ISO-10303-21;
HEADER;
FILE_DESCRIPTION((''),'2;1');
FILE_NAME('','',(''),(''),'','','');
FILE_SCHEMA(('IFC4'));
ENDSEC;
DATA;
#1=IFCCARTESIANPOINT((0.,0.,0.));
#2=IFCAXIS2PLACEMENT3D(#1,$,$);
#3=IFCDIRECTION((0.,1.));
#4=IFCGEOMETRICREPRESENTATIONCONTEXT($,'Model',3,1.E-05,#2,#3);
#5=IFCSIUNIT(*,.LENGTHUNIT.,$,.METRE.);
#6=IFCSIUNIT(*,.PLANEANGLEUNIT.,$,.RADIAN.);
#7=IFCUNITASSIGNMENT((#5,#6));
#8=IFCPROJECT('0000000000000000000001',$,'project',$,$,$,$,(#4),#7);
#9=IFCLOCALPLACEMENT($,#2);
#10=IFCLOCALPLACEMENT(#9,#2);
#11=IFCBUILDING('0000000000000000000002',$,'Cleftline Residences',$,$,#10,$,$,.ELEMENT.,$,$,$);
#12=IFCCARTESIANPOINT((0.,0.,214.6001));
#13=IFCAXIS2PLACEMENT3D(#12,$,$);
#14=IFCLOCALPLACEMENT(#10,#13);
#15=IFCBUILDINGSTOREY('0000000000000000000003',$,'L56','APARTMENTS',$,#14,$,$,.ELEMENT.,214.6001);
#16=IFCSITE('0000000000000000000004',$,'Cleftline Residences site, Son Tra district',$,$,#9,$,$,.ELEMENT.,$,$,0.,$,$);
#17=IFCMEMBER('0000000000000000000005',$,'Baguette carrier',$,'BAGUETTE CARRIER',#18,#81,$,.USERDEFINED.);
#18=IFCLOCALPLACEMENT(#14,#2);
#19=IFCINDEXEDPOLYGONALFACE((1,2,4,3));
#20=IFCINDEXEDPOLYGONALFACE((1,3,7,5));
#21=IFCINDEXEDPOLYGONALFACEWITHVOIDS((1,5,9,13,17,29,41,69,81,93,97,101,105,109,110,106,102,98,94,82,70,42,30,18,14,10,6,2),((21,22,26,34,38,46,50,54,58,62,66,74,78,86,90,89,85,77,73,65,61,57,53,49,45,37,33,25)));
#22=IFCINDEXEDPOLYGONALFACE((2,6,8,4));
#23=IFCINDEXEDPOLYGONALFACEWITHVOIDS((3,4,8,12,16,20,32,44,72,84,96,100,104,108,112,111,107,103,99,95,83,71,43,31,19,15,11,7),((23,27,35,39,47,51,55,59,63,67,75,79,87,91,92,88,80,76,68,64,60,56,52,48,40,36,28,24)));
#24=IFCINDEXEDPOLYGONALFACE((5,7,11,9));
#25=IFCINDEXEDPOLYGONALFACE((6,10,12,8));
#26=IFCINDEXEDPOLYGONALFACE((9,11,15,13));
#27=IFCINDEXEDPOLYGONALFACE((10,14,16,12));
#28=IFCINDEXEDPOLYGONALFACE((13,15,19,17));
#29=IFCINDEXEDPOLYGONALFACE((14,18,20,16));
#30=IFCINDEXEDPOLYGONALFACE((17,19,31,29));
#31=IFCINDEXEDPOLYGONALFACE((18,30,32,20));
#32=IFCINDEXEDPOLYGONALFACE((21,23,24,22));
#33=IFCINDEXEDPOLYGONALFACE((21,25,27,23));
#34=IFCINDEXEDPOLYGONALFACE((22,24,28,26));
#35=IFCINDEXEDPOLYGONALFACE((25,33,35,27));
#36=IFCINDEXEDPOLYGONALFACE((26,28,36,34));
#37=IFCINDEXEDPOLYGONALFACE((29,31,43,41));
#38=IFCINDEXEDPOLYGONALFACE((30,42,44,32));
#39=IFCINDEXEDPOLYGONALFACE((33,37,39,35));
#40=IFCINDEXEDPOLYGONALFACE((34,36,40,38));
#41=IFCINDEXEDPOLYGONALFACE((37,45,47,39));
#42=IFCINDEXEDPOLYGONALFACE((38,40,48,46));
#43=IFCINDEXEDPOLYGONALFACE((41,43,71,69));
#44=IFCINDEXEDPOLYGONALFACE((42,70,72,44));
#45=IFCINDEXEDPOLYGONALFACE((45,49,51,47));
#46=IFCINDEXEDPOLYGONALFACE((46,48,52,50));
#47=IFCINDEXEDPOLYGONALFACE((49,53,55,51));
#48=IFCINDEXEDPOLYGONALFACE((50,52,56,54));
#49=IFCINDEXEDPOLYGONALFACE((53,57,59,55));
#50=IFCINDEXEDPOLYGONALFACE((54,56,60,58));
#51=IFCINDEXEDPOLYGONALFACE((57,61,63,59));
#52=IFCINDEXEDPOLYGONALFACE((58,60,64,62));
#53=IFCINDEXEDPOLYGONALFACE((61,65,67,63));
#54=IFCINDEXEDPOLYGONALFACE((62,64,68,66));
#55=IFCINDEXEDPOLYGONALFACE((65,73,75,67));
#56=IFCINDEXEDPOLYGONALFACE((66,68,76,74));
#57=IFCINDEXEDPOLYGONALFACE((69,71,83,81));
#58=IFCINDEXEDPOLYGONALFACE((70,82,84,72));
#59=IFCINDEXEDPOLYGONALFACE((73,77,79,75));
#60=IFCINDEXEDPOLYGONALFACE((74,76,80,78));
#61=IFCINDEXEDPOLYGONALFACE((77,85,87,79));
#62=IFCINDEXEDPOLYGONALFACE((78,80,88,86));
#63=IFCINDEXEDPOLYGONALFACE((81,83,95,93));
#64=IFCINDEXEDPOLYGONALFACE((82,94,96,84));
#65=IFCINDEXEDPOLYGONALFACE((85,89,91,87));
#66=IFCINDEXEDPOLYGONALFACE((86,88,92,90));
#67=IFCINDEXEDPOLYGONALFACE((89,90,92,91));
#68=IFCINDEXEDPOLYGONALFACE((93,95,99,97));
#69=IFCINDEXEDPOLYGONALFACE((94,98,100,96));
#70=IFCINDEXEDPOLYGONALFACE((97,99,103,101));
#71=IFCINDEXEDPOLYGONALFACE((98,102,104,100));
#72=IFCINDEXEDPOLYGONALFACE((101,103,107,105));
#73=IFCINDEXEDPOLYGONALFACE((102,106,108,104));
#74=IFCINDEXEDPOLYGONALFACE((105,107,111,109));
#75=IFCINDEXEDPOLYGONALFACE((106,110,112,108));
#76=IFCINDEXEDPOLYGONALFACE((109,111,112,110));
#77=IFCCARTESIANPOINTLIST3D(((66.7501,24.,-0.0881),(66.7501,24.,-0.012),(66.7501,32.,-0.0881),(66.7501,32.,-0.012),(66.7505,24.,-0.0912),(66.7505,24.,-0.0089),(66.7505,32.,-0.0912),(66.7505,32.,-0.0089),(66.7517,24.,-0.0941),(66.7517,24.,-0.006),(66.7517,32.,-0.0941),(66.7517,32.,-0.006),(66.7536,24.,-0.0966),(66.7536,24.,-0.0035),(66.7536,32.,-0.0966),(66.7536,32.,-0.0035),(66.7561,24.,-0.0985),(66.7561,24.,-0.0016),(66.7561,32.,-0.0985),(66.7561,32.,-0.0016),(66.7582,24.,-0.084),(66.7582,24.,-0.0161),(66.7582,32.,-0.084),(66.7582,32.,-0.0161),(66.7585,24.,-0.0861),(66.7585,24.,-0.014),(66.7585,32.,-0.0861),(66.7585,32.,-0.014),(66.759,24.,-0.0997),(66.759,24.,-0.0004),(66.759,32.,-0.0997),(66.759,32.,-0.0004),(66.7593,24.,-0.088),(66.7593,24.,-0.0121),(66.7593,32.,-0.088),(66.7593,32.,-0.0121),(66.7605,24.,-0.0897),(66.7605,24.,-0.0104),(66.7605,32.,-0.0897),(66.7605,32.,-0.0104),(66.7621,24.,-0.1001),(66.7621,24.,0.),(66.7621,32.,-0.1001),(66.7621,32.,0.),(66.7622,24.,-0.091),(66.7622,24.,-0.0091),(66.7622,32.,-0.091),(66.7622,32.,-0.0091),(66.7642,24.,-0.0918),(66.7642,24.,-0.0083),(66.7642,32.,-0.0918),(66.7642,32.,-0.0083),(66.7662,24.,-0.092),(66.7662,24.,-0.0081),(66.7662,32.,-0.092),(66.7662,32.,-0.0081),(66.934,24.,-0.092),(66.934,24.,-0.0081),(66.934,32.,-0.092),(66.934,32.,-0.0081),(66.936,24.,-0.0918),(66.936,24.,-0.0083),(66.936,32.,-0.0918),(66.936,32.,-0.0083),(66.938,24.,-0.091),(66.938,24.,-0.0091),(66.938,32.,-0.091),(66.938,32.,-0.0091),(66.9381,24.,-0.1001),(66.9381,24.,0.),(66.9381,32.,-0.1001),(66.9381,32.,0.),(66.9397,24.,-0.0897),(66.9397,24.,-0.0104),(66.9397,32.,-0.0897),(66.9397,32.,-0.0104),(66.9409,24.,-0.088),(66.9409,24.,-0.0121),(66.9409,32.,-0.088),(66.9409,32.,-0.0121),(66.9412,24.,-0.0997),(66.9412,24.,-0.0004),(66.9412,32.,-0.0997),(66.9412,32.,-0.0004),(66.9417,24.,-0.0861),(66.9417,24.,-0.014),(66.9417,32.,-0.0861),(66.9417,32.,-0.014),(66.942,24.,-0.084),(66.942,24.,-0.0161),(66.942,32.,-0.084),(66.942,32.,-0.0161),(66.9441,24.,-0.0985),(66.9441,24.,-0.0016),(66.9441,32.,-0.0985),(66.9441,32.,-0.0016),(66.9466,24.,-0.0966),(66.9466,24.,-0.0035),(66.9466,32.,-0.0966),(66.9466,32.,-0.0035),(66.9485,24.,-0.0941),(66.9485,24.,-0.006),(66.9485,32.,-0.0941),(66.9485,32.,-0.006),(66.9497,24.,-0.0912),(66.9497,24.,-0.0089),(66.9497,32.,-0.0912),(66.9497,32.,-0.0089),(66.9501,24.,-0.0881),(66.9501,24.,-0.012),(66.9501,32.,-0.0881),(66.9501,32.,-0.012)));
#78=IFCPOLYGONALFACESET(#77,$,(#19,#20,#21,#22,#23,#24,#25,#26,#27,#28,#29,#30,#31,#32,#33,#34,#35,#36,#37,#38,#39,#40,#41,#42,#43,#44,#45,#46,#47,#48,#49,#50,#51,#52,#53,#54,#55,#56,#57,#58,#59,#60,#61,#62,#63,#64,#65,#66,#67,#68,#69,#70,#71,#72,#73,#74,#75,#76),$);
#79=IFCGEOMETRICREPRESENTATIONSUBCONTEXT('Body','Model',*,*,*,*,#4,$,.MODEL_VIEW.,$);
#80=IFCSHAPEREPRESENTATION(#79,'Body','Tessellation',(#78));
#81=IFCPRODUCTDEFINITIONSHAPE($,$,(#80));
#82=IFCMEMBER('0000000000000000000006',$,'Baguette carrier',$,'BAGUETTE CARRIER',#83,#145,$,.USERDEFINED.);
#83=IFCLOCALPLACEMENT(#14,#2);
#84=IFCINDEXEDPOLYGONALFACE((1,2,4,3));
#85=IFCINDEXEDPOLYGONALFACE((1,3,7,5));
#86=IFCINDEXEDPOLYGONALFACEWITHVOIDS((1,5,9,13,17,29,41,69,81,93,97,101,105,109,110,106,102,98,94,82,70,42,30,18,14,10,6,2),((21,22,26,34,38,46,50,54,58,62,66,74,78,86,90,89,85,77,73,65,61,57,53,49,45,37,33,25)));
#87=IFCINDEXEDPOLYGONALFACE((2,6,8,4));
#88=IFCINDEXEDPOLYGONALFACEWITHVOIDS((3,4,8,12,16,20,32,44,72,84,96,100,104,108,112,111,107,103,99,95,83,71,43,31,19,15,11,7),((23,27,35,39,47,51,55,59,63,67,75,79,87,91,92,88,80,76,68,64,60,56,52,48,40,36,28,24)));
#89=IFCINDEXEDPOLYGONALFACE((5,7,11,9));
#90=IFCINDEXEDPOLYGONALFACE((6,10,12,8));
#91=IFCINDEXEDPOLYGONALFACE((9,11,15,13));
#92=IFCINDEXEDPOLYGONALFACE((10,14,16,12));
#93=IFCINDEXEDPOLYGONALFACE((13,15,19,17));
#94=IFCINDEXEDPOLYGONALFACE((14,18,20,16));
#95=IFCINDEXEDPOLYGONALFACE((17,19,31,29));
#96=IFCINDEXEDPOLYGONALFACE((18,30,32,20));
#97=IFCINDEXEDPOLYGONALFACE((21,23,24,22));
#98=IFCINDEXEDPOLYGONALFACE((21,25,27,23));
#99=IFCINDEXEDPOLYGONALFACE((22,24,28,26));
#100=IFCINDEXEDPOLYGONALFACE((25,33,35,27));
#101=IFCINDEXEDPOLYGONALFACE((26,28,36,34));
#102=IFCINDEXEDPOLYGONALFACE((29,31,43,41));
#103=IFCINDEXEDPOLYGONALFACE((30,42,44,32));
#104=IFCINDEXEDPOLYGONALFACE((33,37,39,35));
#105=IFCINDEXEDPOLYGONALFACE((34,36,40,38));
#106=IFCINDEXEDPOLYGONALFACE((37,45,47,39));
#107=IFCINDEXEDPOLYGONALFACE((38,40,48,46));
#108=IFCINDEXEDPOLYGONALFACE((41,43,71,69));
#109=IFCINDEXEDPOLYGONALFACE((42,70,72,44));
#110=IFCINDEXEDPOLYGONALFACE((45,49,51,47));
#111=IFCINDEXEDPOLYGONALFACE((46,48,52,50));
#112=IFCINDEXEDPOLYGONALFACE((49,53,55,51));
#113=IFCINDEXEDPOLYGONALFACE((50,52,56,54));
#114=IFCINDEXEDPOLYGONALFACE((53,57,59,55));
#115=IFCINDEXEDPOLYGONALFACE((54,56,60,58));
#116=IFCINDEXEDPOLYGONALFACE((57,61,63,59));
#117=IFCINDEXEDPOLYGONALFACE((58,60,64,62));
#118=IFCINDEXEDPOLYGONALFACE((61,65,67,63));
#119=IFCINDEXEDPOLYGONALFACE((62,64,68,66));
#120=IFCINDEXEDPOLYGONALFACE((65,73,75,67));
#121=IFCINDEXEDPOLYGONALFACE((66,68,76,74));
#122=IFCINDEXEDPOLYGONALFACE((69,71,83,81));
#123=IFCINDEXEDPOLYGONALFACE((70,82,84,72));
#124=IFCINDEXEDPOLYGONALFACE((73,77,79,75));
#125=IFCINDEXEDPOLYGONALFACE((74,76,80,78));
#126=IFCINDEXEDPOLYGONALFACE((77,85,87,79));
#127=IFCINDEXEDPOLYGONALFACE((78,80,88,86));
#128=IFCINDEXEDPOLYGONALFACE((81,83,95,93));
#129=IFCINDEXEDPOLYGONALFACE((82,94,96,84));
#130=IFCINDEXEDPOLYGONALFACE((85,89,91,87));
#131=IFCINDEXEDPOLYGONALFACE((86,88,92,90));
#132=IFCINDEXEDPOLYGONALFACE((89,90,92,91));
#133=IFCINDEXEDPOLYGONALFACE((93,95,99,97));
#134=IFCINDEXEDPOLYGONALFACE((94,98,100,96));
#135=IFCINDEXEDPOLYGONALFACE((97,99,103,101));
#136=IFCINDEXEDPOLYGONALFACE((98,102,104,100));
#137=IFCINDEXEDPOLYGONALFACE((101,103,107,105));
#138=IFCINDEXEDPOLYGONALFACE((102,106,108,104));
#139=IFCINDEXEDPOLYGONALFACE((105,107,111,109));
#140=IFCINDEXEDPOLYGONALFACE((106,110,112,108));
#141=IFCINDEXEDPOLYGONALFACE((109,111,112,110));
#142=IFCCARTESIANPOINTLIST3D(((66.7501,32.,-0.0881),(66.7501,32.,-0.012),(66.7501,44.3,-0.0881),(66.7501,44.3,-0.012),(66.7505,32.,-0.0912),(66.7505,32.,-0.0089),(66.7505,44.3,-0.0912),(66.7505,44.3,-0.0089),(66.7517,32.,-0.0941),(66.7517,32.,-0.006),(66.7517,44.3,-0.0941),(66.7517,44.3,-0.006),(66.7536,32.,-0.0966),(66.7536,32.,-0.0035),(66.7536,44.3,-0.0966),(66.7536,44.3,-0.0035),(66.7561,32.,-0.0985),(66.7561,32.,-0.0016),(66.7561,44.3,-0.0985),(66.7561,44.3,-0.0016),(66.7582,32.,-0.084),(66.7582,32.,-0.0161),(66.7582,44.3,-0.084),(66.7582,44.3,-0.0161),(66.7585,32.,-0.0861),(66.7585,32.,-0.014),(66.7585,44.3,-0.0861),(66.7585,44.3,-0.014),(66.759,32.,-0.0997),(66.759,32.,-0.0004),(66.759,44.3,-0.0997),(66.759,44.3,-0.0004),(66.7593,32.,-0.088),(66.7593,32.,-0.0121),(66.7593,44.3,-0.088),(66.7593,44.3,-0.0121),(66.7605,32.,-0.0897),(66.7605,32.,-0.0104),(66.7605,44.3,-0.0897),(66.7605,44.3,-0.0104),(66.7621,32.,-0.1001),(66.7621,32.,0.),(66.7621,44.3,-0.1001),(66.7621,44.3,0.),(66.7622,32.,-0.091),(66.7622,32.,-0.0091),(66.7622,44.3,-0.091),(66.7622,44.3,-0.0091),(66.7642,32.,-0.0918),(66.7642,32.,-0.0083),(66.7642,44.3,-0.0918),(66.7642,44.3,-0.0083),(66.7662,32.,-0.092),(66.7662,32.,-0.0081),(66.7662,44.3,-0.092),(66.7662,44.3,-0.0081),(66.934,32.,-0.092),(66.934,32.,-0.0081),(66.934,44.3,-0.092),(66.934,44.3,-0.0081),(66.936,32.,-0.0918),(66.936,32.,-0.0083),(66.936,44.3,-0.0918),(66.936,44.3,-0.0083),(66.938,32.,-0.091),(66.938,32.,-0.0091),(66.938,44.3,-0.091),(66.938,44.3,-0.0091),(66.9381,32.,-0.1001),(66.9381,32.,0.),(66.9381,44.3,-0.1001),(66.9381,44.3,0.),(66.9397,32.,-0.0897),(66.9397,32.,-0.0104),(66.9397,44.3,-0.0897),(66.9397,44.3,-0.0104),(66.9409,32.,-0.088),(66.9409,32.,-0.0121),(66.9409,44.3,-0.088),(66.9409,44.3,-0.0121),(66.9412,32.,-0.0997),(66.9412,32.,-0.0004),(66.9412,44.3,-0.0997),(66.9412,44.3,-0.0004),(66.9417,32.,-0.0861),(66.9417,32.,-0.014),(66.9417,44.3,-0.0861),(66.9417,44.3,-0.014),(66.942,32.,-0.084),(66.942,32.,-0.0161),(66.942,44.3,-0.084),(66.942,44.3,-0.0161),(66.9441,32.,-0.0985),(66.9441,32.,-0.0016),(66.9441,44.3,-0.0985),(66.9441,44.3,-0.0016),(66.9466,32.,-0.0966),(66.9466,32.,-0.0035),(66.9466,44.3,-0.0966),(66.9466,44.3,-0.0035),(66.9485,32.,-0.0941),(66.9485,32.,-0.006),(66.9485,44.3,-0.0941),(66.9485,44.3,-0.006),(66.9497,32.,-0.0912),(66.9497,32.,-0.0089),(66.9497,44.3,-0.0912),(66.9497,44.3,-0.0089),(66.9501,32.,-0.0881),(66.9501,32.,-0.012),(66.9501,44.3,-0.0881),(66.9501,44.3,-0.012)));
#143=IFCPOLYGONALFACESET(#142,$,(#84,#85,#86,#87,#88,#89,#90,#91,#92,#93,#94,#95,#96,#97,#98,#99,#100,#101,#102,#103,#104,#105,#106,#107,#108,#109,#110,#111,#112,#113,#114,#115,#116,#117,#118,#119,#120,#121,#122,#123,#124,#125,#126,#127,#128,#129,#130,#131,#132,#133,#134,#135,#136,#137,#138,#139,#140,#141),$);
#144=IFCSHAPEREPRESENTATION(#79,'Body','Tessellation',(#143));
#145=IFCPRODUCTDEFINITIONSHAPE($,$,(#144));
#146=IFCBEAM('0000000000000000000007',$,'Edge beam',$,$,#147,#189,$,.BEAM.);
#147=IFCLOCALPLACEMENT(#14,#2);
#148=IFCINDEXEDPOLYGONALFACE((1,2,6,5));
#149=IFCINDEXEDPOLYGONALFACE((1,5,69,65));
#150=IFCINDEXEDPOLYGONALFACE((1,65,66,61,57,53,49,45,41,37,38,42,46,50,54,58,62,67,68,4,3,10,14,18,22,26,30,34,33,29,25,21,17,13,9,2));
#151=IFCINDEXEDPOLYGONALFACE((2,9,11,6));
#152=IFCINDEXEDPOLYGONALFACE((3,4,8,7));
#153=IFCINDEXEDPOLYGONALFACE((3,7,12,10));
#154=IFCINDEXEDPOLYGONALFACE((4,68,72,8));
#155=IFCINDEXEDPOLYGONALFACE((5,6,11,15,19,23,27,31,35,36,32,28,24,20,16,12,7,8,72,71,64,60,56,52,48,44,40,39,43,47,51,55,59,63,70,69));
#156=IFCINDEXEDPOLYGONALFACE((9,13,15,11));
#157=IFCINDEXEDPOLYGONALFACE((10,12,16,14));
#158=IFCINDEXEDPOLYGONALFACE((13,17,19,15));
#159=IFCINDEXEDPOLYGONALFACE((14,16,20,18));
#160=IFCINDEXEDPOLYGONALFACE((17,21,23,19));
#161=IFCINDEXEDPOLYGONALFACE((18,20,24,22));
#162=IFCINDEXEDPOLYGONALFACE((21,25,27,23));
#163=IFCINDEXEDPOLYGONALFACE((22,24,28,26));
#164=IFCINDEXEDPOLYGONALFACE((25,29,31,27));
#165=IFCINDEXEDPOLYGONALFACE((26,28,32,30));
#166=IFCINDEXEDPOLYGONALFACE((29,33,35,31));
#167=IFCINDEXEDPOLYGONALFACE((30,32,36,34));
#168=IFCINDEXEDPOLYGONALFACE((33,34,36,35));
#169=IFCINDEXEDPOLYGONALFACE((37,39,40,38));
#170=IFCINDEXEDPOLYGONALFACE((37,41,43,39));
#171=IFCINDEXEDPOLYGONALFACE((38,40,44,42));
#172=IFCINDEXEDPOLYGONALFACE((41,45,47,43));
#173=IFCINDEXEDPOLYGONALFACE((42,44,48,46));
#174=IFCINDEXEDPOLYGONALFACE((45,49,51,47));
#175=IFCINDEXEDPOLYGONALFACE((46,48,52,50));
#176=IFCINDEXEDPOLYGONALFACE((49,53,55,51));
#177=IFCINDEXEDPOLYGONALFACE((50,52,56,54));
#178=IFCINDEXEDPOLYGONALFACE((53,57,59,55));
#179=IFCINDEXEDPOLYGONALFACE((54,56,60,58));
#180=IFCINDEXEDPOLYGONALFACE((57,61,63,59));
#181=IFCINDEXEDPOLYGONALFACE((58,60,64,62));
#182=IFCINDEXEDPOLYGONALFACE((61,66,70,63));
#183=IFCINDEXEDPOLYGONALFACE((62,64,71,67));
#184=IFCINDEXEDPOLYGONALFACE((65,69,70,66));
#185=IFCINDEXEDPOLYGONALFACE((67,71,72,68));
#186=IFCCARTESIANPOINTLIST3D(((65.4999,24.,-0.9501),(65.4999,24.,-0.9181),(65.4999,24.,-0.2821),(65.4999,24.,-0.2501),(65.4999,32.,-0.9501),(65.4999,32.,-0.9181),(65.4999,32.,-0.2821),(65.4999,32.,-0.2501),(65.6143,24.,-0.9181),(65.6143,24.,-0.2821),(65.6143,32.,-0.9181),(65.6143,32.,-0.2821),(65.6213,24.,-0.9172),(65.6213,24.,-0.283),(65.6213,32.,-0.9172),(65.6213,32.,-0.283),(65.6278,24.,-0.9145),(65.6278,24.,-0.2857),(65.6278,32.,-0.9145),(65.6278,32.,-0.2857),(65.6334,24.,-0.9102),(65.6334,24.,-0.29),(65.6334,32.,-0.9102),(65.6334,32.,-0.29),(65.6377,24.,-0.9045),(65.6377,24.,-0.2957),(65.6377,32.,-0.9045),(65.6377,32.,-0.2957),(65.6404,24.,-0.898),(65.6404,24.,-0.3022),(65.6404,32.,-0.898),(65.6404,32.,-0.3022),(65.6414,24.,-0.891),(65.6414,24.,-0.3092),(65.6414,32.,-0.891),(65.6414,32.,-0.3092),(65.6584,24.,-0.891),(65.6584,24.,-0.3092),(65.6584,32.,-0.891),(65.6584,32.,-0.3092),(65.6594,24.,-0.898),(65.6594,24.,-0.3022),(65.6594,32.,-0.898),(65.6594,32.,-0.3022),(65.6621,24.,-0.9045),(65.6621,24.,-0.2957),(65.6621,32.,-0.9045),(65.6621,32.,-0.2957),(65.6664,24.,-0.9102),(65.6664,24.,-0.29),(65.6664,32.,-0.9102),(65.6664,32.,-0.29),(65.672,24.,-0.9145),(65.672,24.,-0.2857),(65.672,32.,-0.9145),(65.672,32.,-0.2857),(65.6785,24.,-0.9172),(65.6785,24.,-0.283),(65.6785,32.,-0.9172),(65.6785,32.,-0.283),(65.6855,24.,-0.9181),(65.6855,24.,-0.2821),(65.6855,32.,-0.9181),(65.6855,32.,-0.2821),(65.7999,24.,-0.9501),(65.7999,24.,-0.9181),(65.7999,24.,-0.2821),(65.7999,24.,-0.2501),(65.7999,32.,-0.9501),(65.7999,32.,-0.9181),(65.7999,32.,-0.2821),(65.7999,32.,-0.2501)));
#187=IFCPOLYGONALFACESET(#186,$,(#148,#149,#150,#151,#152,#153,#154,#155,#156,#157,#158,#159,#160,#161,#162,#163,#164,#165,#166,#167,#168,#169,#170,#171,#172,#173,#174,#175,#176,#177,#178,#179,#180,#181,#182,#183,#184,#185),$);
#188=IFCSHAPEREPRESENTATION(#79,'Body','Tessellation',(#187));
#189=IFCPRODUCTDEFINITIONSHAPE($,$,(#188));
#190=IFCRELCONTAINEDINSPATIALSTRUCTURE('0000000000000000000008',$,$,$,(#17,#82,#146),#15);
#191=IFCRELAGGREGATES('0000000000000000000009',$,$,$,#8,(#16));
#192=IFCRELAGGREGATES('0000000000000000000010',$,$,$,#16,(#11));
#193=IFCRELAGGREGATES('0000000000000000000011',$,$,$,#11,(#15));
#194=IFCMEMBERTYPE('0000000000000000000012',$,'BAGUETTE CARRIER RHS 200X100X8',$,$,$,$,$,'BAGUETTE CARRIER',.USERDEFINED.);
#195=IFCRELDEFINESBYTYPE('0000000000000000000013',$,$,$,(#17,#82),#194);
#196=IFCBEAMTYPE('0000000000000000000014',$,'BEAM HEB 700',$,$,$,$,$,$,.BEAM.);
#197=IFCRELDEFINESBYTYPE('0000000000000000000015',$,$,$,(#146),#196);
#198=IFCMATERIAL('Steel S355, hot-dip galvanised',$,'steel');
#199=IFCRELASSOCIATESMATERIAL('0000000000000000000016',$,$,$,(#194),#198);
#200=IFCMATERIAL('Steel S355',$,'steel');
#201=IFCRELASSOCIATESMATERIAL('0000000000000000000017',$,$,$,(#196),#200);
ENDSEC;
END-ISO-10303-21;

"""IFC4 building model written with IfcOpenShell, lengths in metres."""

from ifc_helpers import new_model, si_unit, direction, frame, origin, origin_2d, place, context, subcontext, project, spatial, hollow_rectangle, i_section, extrude, material, material_profile, profile_set, type_object, element, save


model = new_model("IFC4")

# Units and contexts
model_context = context("Model", 3, precision=1e-05, world=origin(), true_north=direction((0.0, 1.0)))
body_context = subcontext(model_context, "Body", "Model", "MODEL_VIEW")
ifc_project = project(units=[si_unit("LENGTHUNIT", "METRE"), si_unit("PLANEANGLEUNIT", "RADIAN")], contexts=[model_context])

# Site, building, storey
site_placement = place(None, origin())
site = spatial("IfcSite", under=ifc_project, at=site_placement, Name="Cleftline Residences site, Son Tra district", CompositionType="ELEMENT", RefElevation=0.0)
building_placement = place(site_placement, origin())
building = spatial("IfcBuilding", under=site, at=building_placement, Name="Cleftline Residences", CompositionType="ELEMENT")
storey_placement = place(building_placement, frame((0.0, 0.0, 214.6001)))
storey = spatial("IfcBuildingStorey", under=building, at=storey_placement, Name="L56", Description="APARTMENTS", CompositionType="ELEMENT", Elevation=214.6001)

# Members
ifc_material_1 = material(Name="Steel S355, hot-dip galvanised", Category="steel")
ifc_material_profile_1 = material_profile(ifc_material_1, hollow_rectangle(XDim=0.1001, YDim=0.2, WallThickness=0.0081, InnerFilletRadius=0.0081, OuterFilletRadius=0.012, at=origin_2d()))
ifc_profile_set_1 = profile_set([ifc_material_profile_1], Name="Steel S355, hot-dip galvanised")
member_type_1 = type_object("IfcMemberType", Name="BAGUETTE CARRIER RHS 200X100X8", ElementType="BAGUETTE CARRIER", PredefinedType="USERDEFINED", material=ifc_profile_set_1)
member_1_placement = place(storey_placement, frame((66.8501, 24.0, -0.05), z_axis=(0.0, 1.0, 0.0), x_axis=(0.0, 0.0, 1.0)))
element("IfcMember", 1, at=member_1_placement, inside=storey, type_object=member_type_1, Name="Baguette carrier", ObjectType="BAGUETTE CARRIER", PredefinedType="USERDEFINED", context=body_context, shape_type="SweptSolid", body=[
    extrude(hollow_rectangle(XDim=0.1001, YDim=0.2, WallThickness=0.0081, InnerFilletRadius=0.0081, OuterFilletRadius=0.012, at=origin_2d()), origin(), (0.0, 0.0, 1.0), 8.0),
])
member_2_placement = place(storey_placement, frame((66.8501, 32.0, -0.05), z_axis=(0.0, 1.0, 0.0), x_axis=(0.0, 0.0, 1.0)))
element("IfcMember", 2, at=member_2_placement, inside=storey, type_object=member_type_1, Name="Baguette carrier", ObjectType="BAGUETTE CARRIER", PredefinedType="USERDEFINED", context=body_context, shape_type="SweptSolid", body=[
    extrude(hollow_rectangle(XDim=0.1001, YDim=0.2, WallThickness=0.0081, InnerFilletRadius=0.0081, OuterFilletRadius=0.012, at=origin_2d()), origin(), (0.0, 0.0, 1.0), 12.3),
])

# Beam
ifc_material_2 = material(Name="Steel S355", Category="steel")
ifc_material_profile_2 = material_profile(ifc_material_2, i_section(OverallWidth=0.3, OverallDepth=0.7, WebThickness=0.0171, FlangeThickness=0.032, FilletRadius=0.0271, at=origin_2d()))
ifc_profile_set_2 = profile_set([ifc_material_profile_2], Name="Steel S355")
beam_type_1 = type_object("IfcBeamType", Name="BEAM HEB 700", PredefinedType="BEAM", material=ifc_profile_set_2)
for number, where, z_axis, x_axis, name in (
    (3, (65.6499, 24.0, -0.6001), (0.0, 1.0, 0.0), (-1.0, 0.0, 0.0), "Edge beam"),
):
    element("IfcBeam", number, at=place(storey_placement, frame(where, z_axis=z_axis, x_axis=x_axis)), inside=storey, type_object=beam_type_1, Name=name, PredefinedType="BEAM", context=body_context, shape_type="SweptSolid", body=[
        extrude(i_section(OverallWidth=0.3, OverallDepth=0.7, WebThickness=0.0171, FlangeThickness=0.032, FilletRadius=0.0271, at=origin_2d()), origin(), (0.0, 0.0, 1.0), 8.0),
    ])

save(model, "model.ifc")
